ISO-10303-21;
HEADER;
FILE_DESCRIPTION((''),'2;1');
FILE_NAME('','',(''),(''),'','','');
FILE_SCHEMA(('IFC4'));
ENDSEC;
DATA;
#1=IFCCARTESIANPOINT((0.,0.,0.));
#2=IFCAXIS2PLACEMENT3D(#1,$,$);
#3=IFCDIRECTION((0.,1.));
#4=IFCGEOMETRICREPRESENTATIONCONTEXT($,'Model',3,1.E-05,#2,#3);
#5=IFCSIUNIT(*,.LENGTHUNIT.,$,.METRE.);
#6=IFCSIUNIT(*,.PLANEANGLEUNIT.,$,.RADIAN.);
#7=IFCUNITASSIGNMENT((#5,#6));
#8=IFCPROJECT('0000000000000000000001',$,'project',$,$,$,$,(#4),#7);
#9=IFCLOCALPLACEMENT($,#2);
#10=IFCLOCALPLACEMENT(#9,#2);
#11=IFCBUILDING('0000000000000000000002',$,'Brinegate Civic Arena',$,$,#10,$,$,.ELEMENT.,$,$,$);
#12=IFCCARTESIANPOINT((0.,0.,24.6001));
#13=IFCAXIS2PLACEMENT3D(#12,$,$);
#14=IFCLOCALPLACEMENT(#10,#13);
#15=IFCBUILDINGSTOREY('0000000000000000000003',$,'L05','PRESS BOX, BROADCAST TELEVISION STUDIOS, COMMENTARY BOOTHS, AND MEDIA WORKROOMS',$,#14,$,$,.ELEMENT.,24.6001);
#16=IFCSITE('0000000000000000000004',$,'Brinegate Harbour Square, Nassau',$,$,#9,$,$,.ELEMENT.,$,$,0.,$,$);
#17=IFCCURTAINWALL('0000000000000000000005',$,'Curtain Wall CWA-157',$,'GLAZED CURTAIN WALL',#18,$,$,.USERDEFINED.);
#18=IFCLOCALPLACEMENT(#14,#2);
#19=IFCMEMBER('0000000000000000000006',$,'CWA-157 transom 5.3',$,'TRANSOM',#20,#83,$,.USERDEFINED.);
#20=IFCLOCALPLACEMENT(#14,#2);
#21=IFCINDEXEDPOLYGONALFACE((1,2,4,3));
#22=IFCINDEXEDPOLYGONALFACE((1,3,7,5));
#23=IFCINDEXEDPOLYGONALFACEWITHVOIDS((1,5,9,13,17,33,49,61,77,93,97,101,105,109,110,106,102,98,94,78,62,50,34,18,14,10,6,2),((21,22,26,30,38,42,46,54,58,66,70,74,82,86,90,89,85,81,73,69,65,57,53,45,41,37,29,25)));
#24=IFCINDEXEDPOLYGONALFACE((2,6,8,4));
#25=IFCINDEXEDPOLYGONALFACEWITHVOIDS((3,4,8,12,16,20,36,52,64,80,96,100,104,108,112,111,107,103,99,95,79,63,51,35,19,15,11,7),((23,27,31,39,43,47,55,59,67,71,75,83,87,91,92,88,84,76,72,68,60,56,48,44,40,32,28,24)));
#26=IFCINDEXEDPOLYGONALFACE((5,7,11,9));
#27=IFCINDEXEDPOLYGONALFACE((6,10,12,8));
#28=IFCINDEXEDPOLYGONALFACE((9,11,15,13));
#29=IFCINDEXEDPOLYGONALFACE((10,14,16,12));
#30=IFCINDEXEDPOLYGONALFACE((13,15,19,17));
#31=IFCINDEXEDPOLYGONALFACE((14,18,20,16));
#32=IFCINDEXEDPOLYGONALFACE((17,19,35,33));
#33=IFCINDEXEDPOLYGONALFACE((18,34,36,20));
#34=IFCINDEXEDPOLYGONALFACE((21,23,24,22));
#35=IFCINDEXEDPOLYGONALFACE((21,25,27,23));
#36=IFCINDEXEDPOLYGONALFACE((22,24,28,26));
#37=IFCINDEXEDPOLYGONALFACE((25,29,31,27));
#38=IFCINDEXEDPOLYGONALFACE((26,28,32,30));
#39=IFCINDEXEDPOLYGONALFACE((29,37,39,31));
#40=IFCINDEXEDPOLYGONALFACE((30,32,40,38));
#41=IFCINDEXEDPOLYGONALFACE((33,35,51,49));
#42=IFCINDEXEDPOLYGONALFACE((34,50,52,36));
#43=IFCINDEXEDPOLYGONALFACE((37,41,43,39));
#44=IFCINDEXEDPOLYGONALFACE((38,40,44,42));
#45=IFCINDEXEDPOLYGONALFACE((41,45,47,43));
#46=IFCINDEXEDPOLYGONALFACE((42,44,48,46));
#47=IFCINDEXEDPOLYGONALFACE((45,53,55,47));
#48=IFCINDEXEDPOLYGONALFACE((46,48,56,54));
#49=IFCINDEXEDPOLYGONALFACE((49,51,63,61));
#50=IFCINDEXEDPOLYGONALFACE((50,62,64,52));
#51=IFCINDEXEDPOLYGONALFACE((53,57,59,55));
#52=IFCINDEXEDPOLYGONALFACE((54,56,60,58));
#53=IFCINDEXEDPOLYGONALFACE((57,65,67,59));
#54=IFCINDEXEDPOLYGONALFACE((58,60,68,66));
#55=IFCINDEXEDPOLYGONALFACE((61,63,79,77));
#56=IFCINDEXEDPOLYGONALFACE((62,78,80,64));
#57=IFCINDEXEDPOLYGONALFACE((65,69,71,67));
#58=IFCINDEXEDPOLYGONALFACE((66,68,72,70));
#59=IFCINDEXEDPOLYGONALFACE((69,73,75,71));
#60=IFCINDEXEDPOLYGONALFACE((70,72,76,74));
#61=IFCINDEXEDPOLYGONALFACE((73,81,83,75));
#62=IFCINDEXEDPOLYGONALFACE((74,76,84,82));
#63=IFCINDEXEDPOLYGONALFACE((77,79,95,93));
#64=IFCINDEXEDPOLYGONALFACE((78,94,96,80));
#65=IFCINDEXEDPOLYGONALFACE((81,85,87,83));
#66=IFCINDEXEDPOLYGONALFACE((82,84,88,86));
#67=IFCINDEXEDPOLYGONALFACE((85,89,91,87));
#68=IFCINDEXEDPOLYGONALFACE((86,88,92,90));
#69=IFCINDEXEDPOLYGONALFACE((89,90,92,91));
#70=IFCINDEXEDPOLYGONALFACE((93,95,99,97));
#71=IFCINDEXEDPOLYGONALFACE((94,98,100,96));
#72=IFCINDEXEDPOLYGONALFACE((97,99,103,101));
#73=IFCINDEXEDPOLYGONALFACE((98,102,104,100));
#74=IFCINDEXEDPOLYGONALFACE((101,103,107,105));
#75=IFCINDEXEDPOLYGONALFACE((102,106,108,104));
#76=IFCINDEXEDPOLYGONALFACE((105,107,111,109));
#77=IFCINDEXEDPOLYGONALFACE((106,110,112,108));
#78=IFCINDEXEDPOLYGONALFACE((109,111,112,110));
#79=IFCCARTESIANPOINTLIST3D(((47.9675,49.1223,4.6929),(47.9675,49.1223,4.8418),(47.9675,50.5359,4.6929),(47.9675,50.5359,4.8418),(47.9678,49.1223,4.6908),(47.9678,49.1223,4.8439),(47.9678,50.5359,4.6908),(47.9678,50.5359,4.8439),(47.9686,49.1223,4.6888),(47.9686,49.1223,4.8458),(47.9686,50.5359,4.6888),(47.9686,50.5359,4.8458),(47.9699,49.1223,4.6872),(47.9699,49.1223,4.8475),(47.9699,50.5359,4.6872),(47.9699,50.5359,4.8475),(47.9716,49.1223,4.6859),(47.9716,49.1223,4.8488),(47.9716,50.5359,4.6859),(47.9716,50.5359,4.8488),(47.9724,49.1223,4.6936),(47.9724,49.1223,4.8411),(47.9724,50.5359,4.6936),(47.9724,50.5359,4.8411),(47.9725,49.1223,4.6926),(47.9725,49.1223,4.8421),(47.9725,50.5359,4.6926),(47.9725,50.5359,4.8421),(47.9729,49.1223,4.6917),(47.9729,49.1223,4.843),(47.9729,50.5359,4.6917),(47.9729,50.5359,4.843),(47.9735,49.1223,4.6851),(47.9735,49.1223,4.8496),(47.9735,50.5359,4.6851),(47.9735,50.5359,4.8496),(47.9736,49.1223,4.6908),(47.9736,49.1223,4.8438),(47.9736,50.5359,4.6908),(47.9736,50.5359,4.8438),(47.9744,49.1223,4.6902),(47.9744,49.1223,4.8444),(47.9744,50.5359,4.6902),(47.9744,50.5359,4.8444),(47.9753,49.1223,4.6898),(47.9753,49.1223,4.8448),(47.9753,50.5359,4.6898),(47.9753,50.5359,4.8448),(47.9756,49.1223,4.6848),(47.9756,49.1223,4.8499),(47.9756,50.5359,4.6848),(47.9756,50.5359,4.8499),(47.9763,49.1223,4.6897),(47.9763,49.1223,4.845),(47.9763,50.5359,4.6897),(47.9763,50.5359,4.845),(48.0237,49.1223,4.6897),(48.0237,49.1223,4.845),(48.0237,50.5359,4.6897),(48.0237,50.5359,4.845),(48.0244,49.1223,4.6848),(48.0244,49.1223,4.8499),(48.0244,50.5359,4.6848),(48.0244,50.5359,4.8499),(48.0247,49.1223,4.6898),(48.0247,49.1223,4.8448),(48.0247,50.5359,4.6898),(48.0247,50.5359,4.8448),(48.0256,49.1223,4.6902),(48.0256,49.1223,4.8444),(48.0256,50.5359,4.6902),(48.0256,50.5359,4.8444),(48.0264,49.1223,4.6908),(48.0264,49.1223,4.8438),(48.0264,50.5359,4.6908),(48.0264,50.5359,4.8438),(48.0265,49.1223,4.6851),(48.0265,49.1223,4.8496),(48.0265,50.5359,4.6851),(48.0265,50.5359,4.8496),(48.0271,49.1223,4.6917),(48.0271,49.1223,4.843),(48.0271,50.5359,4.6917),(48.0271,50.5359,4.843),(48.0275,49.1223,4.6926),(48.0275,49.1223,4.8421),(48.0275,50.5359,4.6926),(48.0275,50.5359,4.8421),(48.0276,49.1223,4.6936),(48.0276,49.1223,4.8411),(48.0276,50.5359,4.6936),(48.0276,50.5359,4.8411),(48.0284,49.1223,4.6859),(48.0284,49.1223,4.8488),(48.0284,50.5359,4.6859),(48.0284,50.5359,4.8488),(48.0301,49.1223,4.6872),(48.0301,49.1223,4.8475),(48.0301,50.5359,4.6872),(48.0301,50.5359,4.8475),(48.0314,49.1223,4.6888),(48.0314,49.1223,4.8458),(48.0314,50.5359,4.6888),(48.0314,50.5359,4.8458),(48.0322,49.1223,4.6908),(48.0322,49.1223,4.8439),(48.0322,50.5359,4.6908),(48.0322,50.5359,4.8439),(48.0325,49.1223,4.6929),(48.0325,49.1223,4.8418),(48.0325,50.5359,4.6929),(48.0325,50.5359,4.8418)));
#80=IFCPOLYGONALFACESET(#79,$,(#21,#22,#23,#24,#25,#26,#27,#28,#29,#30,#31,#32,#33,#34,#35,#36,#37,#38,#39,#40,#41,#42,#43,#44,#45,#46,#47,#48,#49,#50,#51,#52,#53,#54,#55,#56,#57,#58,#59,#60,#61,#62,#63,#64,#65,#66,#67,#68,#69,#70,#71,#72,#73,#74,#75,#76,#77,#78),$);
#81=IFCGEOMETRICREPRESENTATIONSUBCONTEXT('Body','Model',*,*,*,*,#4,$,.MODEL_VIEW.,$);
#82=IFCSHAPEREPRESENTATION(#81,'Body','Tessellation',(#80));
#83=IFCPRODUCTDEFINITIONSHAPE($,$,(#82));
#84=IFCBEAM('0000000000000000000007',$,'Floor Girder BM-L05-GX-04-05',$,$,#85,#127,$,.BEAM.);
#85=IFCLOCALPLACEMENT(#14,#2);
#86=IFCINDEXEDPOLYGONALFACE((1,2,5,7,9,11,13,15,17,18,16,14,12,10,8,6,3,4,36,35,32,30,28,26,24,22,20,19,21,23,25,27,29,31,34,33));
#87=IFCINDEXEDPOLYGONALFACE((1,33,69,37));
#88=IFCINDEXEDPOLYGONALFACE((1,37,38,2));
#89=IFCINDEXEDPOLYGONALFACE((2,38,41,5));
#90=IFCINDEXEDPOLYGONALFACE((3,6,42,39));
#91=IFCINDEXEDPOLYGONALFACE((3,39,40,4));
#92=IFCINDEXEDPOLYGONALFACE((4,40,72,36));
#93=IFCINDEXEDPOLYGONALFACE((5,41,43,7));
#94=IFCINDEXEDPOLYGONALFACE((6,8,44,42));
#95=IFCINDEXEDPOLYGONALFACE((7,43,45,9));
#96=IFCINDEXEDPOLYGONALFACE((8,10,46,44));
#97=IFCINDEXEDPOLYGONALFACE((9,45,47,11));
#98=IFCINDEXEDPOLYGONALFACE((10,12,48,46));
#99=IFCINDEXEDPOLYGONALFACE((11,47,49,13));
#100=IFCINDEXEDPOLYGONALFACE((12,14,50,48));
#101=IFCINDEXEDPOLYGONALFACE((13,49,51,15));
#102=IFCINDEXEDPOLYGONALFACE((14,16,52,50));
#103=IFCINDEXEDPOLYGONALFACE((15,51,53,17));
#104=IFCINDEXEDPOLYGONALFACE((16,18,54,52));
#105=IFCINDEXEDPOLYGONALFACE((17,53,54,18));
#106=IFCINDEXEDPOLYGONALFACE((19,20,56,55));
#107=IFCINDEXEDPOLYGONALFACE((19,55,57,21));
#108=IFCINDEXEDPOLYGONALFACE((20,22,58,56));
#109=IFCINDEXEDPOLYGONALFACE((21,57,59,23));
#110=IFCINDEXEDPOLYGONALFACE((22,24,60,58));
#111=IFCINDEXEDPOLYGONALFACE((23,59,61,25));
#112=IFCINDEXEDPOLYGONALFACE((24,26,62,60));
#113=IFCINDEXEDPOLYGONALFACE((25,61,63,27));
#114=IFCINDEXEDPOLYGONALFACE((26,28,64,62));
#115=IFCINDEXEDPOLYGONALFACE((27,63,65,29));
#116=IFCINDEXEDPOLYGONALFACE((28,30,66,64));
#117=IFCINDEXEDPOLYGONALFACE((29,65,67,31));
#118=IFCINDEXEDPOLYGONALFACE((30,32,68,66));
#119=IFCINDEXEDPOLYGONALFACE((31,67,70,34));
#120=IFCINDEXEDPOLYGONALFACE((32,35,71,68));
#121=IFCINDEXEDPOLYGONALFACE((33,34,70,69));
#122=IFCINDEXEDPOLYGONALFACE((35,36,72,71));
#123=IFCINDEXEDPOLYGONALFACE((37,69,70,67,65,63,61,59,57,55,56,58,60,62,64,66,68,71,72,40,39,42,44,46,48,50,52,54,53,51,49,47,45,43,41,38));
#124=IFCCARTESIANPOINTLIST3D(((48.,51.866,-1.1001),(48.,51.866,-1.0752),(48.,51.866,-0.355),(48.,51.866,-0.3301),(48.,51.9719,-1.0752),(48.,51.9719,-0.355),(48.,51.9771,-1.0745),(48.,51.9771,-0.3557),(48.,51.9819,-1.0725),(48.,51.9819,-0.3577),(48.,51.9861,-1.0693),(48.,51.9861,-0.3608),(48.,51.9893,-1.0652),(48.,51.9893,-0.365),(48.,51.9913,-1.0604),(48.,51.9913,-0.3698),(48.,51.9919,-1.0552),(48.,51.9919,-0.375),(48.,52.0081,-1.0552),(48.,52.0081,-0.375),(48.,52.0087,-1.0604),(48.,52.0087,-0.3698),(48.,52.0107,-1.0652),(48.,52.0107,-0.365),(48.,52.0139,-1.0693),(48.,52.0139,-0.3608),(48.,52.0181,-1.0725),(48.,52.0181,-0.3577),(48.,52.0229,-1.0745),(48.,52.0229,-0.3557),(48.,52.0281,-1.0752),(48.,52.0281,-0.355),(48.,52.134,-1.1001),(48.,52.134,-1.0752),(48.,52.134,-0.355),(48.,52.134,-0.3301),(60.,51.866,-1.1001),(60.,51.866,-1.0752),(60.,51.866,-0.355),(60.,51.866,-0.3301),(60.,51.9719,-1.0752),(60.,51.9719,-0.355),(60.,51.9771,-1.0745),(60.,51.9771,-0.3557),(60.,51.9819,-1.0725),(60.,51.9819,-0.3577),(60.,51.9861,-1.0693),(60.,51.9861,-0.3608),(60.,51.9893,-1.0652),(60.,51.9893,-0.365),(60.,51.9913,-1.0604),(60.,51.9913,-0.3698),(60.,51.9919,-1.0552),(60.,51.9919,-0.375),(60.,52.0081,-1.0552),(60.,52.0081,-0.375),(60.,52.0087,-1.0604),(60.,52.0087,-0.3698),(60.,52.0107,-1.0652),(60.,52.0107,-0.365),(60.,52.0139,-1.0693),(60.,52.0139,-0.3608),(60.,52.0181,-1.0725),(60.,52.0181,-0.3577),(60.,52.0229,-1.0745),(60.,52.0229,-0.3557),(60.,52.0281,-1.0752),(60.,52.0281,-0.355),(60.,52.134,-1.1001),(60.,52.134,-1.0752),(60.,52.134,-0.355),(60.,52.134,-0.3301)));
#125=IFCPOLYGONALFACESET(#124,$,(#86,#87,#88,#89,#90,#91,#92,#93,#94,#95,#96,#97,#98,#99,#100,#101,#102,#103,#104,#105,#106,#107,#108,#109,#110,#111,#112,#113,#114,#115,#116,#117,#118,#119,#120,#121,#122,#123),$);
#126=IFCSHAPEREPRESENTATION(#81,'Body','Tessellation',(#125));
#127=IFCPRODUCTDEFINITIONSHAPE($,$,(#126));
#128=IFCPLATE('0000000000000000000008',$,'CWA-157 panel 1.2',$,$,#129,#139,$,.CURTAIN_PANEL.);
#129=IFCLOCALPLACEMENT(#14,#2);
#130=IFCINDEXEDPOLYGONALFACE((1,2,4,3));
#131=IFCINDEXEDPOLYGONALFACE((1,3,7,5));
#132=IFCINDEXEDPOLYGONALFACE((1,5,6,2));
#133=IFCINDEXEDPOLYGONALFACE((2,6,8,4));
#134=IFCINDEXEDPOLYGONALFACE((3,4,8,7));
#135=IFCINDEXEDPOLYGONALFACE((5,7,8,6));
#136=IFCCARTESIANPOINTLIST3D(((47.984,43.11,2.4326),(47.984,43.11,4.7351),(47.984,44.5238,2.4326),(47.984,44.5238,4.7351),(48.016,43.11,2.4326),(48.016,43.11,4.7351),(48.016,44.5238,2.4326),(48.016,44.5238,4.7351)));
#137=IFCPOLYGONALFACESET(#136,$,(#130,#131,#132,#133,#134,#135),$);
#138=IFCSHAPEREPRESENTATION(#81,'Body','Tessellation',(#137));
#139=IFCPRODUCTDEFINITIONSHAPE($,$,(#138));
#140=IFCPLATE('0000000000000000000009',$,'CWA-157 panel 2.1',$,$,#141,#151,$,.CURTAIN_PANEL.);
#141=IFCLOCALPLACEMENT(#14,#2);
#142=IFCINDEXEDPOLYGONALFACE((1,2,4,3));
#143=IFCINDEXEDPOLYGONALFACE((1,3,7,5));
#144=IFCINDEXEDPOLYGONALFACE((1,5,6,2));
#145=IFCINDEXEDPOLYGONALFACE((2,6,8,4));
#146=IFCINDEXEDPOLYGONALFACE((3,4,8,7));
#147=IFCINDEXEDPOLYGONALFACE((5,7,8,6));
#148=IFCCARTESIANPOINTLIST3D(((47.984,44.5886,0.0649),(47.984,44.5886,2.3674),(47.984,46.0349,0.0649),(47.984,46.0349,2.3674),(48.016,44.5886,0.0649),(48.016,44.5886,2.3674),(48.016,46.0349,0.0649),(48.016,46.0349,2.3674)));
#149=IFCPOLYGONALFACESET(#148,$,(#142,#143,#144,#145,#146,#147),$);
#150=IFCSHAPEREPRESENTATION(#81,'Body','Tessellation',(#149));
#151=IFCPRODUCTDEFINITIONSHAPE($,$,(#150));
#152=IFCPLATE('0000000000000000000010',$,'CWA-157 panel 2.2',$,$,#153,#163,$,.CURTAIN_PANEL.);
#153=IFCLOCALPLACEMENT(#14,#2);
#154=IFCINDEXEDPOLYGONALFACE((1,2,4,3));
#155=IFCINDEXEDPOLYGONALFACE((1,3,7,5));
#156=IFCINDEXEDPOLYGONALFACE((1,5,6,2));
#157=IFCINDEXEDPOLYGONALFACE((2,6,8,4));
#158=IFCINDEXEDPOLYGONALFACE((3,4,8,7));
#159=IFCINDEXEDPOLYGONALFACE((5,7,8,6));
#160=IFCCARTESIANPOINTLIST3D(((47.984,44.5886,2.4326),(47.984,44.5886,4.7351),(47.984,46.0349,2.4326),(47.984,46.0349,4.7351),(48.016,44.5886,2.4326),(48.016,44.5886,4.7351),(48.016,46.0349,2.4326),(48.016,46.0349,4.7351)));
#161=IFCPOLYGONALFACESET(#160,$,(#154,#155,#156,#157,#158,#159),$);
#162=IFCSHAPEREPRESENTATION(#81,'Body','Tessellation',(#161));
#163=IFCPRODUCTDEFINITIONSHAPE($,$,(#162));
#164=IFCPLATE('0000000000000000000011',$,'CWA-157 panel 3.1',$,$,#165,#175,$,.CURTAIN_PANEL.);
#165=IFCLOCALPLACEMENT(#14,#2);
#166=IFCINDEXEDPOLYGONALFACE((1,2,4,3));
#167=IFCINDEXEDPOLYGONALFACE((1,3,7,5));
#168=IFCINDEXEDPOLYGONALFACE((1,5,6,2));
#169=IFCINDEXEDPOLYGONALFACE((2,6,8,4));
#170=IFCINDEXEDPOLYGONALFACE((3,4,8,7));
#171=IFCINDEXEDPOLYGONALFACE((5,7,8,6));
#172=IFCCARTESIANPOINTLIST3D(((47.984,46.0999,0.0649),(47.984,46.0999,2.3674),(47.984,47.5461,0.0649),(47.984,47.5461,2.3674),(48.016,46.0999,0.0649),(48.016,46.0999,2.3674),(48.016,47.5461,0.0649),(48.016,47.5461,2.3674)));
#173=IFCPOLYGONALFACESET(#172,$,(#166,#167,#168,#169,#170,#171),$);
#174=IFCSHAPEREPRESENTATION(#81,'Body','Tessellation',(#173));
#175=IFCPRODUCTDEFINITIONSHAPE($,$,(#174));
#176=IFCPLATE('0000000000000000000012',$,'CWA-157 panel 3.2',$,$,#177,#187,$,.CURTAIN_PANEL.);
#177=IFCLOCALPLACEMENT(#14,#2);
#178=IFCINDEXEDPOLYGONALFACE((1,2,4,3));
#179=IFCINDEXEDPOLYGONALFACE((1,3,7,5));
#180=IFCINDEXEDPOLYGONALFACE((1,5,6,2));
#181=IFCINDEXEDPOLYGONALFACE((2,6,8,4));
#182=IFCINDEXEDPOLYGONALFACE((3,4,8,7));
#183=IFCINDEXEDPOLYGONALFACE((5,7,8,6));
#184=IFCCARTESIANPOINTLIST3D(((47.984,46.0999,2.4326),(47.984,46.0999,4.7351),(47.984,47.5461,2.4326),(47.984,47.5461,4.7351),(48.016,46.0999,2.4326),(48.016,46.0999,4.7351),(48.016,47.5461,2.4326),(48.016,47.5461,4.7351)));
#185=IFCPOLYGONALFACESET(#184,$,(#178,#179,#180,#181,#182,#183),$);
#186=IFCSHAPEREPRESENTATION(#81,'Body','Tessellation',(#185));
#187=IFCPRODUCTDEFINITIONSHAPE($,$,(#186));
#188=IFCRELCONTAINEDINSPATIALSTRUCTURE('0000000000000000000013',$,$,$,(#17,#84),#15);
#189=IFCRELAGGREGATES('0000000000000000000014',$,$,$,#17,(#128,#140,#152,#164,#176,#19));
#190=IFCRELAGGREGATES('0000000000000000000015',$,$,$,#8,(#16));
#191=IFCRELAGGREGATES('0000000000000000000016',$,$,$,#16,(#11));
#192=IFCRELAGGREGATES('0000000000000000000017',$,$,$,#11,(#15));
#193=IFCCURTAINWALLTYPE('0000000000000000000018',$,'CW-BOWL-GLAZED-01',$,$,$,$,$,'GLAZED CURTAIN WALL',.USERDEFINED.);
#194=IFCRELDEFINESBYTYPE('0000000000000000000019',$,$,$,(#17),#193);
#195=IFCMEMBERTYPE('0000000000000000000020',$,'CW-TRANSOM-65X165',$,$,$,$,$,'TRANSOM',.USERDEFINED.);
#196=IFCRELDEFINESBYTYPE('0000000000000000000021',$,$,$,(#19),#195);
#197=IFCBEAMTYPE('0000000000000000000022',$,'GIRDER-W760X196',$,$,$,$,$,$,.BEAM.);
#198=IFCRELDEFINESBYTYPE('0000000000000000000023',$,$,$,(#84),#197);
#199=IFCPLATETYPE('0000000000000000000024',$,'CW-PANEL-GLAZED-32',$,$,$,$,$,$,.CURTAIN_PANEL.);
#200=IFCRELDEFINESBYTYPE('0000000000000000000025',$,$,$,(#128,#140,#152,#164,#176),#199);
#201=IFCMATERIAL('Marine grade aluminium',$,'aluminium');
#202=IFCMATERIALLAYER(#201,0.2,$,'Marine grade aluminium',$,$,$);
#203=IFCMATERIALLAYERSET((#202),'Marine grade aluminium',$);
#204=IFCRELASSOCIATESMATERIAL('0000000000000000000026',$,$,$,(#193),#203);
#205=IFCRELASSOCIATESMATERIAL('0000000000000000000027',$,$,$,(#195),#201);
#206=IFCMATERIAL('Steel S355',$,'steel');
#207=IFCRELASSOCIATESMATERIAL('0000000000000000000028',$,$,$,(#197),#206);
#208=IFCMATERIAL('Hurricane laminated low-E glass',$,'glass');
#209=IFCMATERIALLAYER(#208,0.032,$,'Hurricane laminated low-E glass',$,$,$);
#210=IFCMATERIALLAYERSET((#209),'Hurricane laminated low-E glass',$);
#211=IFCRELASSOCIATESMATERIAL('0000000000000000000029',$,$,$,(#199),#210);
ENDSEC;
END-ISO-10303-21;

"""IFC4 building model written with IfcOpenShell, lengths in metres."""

from ifc_helpers import new_model, si_unit, direction, frame, origin, origin_2d, place, context, subcontext, project, spatial, rectangle, hollow_rectangle, i_section, extrude, material, layer, layer_set, material_profile, profile_set, type_object, element, aggregate, save


model = new_model("IFC4")

# Units and contexts
model_context = context("Model", 3, precision=1e-05, world=origin(), true_north=direction((0.0, 1.0)))
body_context = subcontext(model_context, "Body", "Model", "MODEL_VIEW")
ifc_project = project(units=[si_unit("LENGTHUNIT", "METRE"), si_unit("PLANEANGLEUNIT", "RADIAN")], contexts=[model_context])

# Site, building, storey
site_placement = place(None, origin())
site = spatial("IfcSite", under=ifc_project, at=site_placement, Name="Brinegate Harbour Square, Nassau", CompositionType="ELEMENT", RefElevation=0.0)
building_placement = place(site_placement, origin())
building = spatial("IfcBuilding", under=site, at=building_placement, Name="Brinegate Civic Arena", CompositionType="ELEMENT")
storey_placement = place(building_placement, frame((0.0, 0.0, 24.6001)))
storey = spatial("IfcBuildingStorey", under=building, at=storey_placement, Name="L05", Description="PRESS BOX, BROADCAST TELEVISION STUDIOS, COMMENTARY BOOTHS, AND MEDIA WORKROOMS", CompositionType="ELEMENT", Elevation=24.6001)

# Curtain wall, member
ifc_material_1 = material(Name="Marine grade aluminium", Category="aluminium")
ifc_layer_1 = layer(ifc_material_1, 0.2, Name="Marine grade aluminium")
ifc_layer_set_1 = layer_set([ifc_layer_1], Name="Marine grade aluminium")
curtain_wall_type = type_object("IfcCurtainWallType", Name="CW-BOWL-GLAZED-01", ElementType="GLAZED CURTAIN WALL", PredefinedType="USERDEFINED", material=ifc_layer_set_1)
curtain_wall_placement = place(storey_placement, origin())
curtain_wall = element("IfcCurtainWall", 1, at=curtain_wall_placement, inside=storey, type_object=curtain_wall_type, Name="Curtain Wall CWA-157", ObjectType="GLAZED CURTAIN WALL", PredefinedType="USERDEFINED")
ifc_material_profile_1 = material_profile(ifc_material_1, hollow_rectangle(XDim=0.0649, YDim=0.165, WallThickness=0.0049, InnerFilletRadius=0.0039, OuterFilletRadius=0.0081, at=origin_2d()), Name="TRN65X165")
ifc_profile_set_1 = profile_set([ifc_material_profile_1], Name="Marine grade aluminium")
member_type_1 = type_object("IfcMemberType", Name="CW-TRANSOM-65X165", ElementType="TRANSOM", PredefinedType="USERDEFINED", material=ifc_profile_set_1)
member_1_placement = place(storey_placement, frame((48.0, 49.1223, 4.7673), z_axis=(0.0, 1.0, 0.0), x_axis=(-1.0, 0.0, 0.0)))
member_1 = element("IfcMember", 2, at=member_1_placement, type_object=member_type_1, Name="CWA-157 transom 5.3", ObjectType="TRANSOM", PredefinedType="USERDEFINED", context=body_context, shape_type="SweptSolid", body=[
    extrude(hollow_rectangle(XDim=0.0649, YDim=0.165, WallThickness=0.0049, InnerFilletRadius=0.0039, OuterFilletRadius=0.0081, at=origin_2d()), origin(), (0.0, 0.0, 1.0), 1.4136),
])

# Beam
ifc_material_2 = material(Name="Steel S355", Category="steel")
ifc_material_profile_2 = material_profile(ifc_material_2, i_section(OverallWidth=0.2681, OverallDepth=0.77, WebThickness=0.0161, FlangeThickness=0.0249, FilletRadius=0.02, at=origin_2d()), Name="W760X196")
ifc_profile_set_2 = profile_set([ifc_material_profile_2], Name="Steel S355")
beam_type = type_object("IfcBeamType", Name="GIRDER-W760X196", PredefinedType="BEAM", material=ifc_profile_set_2)
beam_placement = place(storey_placement, frame((48.0, 52.0, -0.7151), z_axis=(1.0, 0.0, 0.0), x_axis=(0.0, 1.0, 0.0)))
element("IfcBeam", 3, at=beam_placement, inside=storey, type_object=beam_type, Name="Floor Girder BM-L05-GX-04-05", PredefinedType="BEAM", context=body_context, shape_type="SweptSolid", body=[
    extrude(i_section(OverallWidth=0.2681, OverallDepth=0.77, WebThickness=0.0161, FlangeThickness=0.0249, FilletRadius=0.02, at=origin_2d()), origin(), (0.0, 0.0, 1.0), 12.0),
])

# Plates
ifc_material_3 = material(Name="Hurricane laminated low-E glass", Category="glass")
ifc_layer_2 = layer(ifc_material_3, 0.032, Name="Hurricane laminated low-E glass")
ifc_layer_set_2 = layer_set([ifc_layer_2], Name="Hurricane laminated low-E glass")
plate_type = type_object("IfcPlateType", Name="CW-PANEL-GLAZED-32", PredefinedType="CURTAIN_PANEL", material=ifc_layer_set_2)
plate_1_placement = place(storey_placement, frame((48.0, 43.8169, 2.4326), z_axis=(0.0, 0.0, 1.0), x_axis=(0.0, 1.0, 0.0)))
plate_1 = element("IfcPlate", 4, at=plate_1_placement, type_object=plate_type, Name="CWA-157 panel 1.2", PredefinedType="CURTAIN_PANEL", context=body_context, shape_type="SweptSolid", body=[
    extrude(rectangle(XDim=1.4138, YDim=0.032, at=origin_2d()), origin(), (0.0, 0.0, 1.0), 2.3025),
])
plate_2_placement = place(storey_placement, frame((48.0, 45.3118, 0.0649), z_axis=(0.0, 0.0, 1.0), x_axis=(0.0, 1.0, 0.0)))
plate_2 = element("IfcPlate", 5, at=plate_2_placement, type_object=plate_type, Name="CWA-157 panel 2.1", PredefinedType="CURTAIN_PANEL", context=body_context, shape_type="SweptSolid", body=[
    extrude(rectangle(XDim=1.4463, YDim=0.032, at=origin_2d()), origin(), (0.0, 0.0, 1.0), 2.3025),
])
plate_3_placement = place(storey_placement, frame((48.0, 45.3118, 2.4326), z_axis=(0.0, 0.0, 1.0), x_axis=(0.0, 1.0, 0.0)))
plate_3 = element("IfcPlate", 6, at=plate_3_placement, type_object=plate_type, Name="CWA-157 panel 2.2", PredefinedType="CURTAIN_PANEL", context=body_context, shape_type="SweptSolid", body=[
    extrude(rectangle(XDim=1.4463, YDim=0.032, at=origin_2d()), origin(), (0.0, 0.0, 1.0), 2.3025),
])
plate_4_placement = place(storey_placement, frame((48.0, 46.823, 0.0649), z_axis=(0.0, 0.0, 1.0), x_axis=(0.0, 1.0, 0.0)))
plate_4 = element("IfcPlate", 7, at=plate_4_placement, type_object=plate_type, Name="CWA-157 panel 3.1", PredefinedType="CURTAIN_PANEL", context=body_context, shape_type="SweptSolid", body=[
    extrude(rectangle(XDim=1.4463, YDim=0.032, at=origin_2d()), origin(), (0.0, 0.0, 1.0), 2.3025),
])
plate_5_placement = place(storey_placement, frame((48.0, 46.823, 2.4326), z_axis=(0.0, 0.0, 1.0), x_axis=(0.0, 1.0, 0.0)))
plate_5 = element("IfcPlate", 8, at=plate_5_placement, type_object=plate_type, Name="CWA-157 panel 3.2", PredefinedType="CURTAIN_PANEL", context=body_context, shape_type="SweptSolid", body=[
    extrude(rectangle(XDim=1.4463, YDim=0.032, at=origin_2d()), origin(), (0.0, 0.0, 1.0), 2.3025),
])
aggregate(curtain_wall, [plate_1, plate_2, plate_3, plate_4, plate_5, member_1])

save(model, "model.ifc")
